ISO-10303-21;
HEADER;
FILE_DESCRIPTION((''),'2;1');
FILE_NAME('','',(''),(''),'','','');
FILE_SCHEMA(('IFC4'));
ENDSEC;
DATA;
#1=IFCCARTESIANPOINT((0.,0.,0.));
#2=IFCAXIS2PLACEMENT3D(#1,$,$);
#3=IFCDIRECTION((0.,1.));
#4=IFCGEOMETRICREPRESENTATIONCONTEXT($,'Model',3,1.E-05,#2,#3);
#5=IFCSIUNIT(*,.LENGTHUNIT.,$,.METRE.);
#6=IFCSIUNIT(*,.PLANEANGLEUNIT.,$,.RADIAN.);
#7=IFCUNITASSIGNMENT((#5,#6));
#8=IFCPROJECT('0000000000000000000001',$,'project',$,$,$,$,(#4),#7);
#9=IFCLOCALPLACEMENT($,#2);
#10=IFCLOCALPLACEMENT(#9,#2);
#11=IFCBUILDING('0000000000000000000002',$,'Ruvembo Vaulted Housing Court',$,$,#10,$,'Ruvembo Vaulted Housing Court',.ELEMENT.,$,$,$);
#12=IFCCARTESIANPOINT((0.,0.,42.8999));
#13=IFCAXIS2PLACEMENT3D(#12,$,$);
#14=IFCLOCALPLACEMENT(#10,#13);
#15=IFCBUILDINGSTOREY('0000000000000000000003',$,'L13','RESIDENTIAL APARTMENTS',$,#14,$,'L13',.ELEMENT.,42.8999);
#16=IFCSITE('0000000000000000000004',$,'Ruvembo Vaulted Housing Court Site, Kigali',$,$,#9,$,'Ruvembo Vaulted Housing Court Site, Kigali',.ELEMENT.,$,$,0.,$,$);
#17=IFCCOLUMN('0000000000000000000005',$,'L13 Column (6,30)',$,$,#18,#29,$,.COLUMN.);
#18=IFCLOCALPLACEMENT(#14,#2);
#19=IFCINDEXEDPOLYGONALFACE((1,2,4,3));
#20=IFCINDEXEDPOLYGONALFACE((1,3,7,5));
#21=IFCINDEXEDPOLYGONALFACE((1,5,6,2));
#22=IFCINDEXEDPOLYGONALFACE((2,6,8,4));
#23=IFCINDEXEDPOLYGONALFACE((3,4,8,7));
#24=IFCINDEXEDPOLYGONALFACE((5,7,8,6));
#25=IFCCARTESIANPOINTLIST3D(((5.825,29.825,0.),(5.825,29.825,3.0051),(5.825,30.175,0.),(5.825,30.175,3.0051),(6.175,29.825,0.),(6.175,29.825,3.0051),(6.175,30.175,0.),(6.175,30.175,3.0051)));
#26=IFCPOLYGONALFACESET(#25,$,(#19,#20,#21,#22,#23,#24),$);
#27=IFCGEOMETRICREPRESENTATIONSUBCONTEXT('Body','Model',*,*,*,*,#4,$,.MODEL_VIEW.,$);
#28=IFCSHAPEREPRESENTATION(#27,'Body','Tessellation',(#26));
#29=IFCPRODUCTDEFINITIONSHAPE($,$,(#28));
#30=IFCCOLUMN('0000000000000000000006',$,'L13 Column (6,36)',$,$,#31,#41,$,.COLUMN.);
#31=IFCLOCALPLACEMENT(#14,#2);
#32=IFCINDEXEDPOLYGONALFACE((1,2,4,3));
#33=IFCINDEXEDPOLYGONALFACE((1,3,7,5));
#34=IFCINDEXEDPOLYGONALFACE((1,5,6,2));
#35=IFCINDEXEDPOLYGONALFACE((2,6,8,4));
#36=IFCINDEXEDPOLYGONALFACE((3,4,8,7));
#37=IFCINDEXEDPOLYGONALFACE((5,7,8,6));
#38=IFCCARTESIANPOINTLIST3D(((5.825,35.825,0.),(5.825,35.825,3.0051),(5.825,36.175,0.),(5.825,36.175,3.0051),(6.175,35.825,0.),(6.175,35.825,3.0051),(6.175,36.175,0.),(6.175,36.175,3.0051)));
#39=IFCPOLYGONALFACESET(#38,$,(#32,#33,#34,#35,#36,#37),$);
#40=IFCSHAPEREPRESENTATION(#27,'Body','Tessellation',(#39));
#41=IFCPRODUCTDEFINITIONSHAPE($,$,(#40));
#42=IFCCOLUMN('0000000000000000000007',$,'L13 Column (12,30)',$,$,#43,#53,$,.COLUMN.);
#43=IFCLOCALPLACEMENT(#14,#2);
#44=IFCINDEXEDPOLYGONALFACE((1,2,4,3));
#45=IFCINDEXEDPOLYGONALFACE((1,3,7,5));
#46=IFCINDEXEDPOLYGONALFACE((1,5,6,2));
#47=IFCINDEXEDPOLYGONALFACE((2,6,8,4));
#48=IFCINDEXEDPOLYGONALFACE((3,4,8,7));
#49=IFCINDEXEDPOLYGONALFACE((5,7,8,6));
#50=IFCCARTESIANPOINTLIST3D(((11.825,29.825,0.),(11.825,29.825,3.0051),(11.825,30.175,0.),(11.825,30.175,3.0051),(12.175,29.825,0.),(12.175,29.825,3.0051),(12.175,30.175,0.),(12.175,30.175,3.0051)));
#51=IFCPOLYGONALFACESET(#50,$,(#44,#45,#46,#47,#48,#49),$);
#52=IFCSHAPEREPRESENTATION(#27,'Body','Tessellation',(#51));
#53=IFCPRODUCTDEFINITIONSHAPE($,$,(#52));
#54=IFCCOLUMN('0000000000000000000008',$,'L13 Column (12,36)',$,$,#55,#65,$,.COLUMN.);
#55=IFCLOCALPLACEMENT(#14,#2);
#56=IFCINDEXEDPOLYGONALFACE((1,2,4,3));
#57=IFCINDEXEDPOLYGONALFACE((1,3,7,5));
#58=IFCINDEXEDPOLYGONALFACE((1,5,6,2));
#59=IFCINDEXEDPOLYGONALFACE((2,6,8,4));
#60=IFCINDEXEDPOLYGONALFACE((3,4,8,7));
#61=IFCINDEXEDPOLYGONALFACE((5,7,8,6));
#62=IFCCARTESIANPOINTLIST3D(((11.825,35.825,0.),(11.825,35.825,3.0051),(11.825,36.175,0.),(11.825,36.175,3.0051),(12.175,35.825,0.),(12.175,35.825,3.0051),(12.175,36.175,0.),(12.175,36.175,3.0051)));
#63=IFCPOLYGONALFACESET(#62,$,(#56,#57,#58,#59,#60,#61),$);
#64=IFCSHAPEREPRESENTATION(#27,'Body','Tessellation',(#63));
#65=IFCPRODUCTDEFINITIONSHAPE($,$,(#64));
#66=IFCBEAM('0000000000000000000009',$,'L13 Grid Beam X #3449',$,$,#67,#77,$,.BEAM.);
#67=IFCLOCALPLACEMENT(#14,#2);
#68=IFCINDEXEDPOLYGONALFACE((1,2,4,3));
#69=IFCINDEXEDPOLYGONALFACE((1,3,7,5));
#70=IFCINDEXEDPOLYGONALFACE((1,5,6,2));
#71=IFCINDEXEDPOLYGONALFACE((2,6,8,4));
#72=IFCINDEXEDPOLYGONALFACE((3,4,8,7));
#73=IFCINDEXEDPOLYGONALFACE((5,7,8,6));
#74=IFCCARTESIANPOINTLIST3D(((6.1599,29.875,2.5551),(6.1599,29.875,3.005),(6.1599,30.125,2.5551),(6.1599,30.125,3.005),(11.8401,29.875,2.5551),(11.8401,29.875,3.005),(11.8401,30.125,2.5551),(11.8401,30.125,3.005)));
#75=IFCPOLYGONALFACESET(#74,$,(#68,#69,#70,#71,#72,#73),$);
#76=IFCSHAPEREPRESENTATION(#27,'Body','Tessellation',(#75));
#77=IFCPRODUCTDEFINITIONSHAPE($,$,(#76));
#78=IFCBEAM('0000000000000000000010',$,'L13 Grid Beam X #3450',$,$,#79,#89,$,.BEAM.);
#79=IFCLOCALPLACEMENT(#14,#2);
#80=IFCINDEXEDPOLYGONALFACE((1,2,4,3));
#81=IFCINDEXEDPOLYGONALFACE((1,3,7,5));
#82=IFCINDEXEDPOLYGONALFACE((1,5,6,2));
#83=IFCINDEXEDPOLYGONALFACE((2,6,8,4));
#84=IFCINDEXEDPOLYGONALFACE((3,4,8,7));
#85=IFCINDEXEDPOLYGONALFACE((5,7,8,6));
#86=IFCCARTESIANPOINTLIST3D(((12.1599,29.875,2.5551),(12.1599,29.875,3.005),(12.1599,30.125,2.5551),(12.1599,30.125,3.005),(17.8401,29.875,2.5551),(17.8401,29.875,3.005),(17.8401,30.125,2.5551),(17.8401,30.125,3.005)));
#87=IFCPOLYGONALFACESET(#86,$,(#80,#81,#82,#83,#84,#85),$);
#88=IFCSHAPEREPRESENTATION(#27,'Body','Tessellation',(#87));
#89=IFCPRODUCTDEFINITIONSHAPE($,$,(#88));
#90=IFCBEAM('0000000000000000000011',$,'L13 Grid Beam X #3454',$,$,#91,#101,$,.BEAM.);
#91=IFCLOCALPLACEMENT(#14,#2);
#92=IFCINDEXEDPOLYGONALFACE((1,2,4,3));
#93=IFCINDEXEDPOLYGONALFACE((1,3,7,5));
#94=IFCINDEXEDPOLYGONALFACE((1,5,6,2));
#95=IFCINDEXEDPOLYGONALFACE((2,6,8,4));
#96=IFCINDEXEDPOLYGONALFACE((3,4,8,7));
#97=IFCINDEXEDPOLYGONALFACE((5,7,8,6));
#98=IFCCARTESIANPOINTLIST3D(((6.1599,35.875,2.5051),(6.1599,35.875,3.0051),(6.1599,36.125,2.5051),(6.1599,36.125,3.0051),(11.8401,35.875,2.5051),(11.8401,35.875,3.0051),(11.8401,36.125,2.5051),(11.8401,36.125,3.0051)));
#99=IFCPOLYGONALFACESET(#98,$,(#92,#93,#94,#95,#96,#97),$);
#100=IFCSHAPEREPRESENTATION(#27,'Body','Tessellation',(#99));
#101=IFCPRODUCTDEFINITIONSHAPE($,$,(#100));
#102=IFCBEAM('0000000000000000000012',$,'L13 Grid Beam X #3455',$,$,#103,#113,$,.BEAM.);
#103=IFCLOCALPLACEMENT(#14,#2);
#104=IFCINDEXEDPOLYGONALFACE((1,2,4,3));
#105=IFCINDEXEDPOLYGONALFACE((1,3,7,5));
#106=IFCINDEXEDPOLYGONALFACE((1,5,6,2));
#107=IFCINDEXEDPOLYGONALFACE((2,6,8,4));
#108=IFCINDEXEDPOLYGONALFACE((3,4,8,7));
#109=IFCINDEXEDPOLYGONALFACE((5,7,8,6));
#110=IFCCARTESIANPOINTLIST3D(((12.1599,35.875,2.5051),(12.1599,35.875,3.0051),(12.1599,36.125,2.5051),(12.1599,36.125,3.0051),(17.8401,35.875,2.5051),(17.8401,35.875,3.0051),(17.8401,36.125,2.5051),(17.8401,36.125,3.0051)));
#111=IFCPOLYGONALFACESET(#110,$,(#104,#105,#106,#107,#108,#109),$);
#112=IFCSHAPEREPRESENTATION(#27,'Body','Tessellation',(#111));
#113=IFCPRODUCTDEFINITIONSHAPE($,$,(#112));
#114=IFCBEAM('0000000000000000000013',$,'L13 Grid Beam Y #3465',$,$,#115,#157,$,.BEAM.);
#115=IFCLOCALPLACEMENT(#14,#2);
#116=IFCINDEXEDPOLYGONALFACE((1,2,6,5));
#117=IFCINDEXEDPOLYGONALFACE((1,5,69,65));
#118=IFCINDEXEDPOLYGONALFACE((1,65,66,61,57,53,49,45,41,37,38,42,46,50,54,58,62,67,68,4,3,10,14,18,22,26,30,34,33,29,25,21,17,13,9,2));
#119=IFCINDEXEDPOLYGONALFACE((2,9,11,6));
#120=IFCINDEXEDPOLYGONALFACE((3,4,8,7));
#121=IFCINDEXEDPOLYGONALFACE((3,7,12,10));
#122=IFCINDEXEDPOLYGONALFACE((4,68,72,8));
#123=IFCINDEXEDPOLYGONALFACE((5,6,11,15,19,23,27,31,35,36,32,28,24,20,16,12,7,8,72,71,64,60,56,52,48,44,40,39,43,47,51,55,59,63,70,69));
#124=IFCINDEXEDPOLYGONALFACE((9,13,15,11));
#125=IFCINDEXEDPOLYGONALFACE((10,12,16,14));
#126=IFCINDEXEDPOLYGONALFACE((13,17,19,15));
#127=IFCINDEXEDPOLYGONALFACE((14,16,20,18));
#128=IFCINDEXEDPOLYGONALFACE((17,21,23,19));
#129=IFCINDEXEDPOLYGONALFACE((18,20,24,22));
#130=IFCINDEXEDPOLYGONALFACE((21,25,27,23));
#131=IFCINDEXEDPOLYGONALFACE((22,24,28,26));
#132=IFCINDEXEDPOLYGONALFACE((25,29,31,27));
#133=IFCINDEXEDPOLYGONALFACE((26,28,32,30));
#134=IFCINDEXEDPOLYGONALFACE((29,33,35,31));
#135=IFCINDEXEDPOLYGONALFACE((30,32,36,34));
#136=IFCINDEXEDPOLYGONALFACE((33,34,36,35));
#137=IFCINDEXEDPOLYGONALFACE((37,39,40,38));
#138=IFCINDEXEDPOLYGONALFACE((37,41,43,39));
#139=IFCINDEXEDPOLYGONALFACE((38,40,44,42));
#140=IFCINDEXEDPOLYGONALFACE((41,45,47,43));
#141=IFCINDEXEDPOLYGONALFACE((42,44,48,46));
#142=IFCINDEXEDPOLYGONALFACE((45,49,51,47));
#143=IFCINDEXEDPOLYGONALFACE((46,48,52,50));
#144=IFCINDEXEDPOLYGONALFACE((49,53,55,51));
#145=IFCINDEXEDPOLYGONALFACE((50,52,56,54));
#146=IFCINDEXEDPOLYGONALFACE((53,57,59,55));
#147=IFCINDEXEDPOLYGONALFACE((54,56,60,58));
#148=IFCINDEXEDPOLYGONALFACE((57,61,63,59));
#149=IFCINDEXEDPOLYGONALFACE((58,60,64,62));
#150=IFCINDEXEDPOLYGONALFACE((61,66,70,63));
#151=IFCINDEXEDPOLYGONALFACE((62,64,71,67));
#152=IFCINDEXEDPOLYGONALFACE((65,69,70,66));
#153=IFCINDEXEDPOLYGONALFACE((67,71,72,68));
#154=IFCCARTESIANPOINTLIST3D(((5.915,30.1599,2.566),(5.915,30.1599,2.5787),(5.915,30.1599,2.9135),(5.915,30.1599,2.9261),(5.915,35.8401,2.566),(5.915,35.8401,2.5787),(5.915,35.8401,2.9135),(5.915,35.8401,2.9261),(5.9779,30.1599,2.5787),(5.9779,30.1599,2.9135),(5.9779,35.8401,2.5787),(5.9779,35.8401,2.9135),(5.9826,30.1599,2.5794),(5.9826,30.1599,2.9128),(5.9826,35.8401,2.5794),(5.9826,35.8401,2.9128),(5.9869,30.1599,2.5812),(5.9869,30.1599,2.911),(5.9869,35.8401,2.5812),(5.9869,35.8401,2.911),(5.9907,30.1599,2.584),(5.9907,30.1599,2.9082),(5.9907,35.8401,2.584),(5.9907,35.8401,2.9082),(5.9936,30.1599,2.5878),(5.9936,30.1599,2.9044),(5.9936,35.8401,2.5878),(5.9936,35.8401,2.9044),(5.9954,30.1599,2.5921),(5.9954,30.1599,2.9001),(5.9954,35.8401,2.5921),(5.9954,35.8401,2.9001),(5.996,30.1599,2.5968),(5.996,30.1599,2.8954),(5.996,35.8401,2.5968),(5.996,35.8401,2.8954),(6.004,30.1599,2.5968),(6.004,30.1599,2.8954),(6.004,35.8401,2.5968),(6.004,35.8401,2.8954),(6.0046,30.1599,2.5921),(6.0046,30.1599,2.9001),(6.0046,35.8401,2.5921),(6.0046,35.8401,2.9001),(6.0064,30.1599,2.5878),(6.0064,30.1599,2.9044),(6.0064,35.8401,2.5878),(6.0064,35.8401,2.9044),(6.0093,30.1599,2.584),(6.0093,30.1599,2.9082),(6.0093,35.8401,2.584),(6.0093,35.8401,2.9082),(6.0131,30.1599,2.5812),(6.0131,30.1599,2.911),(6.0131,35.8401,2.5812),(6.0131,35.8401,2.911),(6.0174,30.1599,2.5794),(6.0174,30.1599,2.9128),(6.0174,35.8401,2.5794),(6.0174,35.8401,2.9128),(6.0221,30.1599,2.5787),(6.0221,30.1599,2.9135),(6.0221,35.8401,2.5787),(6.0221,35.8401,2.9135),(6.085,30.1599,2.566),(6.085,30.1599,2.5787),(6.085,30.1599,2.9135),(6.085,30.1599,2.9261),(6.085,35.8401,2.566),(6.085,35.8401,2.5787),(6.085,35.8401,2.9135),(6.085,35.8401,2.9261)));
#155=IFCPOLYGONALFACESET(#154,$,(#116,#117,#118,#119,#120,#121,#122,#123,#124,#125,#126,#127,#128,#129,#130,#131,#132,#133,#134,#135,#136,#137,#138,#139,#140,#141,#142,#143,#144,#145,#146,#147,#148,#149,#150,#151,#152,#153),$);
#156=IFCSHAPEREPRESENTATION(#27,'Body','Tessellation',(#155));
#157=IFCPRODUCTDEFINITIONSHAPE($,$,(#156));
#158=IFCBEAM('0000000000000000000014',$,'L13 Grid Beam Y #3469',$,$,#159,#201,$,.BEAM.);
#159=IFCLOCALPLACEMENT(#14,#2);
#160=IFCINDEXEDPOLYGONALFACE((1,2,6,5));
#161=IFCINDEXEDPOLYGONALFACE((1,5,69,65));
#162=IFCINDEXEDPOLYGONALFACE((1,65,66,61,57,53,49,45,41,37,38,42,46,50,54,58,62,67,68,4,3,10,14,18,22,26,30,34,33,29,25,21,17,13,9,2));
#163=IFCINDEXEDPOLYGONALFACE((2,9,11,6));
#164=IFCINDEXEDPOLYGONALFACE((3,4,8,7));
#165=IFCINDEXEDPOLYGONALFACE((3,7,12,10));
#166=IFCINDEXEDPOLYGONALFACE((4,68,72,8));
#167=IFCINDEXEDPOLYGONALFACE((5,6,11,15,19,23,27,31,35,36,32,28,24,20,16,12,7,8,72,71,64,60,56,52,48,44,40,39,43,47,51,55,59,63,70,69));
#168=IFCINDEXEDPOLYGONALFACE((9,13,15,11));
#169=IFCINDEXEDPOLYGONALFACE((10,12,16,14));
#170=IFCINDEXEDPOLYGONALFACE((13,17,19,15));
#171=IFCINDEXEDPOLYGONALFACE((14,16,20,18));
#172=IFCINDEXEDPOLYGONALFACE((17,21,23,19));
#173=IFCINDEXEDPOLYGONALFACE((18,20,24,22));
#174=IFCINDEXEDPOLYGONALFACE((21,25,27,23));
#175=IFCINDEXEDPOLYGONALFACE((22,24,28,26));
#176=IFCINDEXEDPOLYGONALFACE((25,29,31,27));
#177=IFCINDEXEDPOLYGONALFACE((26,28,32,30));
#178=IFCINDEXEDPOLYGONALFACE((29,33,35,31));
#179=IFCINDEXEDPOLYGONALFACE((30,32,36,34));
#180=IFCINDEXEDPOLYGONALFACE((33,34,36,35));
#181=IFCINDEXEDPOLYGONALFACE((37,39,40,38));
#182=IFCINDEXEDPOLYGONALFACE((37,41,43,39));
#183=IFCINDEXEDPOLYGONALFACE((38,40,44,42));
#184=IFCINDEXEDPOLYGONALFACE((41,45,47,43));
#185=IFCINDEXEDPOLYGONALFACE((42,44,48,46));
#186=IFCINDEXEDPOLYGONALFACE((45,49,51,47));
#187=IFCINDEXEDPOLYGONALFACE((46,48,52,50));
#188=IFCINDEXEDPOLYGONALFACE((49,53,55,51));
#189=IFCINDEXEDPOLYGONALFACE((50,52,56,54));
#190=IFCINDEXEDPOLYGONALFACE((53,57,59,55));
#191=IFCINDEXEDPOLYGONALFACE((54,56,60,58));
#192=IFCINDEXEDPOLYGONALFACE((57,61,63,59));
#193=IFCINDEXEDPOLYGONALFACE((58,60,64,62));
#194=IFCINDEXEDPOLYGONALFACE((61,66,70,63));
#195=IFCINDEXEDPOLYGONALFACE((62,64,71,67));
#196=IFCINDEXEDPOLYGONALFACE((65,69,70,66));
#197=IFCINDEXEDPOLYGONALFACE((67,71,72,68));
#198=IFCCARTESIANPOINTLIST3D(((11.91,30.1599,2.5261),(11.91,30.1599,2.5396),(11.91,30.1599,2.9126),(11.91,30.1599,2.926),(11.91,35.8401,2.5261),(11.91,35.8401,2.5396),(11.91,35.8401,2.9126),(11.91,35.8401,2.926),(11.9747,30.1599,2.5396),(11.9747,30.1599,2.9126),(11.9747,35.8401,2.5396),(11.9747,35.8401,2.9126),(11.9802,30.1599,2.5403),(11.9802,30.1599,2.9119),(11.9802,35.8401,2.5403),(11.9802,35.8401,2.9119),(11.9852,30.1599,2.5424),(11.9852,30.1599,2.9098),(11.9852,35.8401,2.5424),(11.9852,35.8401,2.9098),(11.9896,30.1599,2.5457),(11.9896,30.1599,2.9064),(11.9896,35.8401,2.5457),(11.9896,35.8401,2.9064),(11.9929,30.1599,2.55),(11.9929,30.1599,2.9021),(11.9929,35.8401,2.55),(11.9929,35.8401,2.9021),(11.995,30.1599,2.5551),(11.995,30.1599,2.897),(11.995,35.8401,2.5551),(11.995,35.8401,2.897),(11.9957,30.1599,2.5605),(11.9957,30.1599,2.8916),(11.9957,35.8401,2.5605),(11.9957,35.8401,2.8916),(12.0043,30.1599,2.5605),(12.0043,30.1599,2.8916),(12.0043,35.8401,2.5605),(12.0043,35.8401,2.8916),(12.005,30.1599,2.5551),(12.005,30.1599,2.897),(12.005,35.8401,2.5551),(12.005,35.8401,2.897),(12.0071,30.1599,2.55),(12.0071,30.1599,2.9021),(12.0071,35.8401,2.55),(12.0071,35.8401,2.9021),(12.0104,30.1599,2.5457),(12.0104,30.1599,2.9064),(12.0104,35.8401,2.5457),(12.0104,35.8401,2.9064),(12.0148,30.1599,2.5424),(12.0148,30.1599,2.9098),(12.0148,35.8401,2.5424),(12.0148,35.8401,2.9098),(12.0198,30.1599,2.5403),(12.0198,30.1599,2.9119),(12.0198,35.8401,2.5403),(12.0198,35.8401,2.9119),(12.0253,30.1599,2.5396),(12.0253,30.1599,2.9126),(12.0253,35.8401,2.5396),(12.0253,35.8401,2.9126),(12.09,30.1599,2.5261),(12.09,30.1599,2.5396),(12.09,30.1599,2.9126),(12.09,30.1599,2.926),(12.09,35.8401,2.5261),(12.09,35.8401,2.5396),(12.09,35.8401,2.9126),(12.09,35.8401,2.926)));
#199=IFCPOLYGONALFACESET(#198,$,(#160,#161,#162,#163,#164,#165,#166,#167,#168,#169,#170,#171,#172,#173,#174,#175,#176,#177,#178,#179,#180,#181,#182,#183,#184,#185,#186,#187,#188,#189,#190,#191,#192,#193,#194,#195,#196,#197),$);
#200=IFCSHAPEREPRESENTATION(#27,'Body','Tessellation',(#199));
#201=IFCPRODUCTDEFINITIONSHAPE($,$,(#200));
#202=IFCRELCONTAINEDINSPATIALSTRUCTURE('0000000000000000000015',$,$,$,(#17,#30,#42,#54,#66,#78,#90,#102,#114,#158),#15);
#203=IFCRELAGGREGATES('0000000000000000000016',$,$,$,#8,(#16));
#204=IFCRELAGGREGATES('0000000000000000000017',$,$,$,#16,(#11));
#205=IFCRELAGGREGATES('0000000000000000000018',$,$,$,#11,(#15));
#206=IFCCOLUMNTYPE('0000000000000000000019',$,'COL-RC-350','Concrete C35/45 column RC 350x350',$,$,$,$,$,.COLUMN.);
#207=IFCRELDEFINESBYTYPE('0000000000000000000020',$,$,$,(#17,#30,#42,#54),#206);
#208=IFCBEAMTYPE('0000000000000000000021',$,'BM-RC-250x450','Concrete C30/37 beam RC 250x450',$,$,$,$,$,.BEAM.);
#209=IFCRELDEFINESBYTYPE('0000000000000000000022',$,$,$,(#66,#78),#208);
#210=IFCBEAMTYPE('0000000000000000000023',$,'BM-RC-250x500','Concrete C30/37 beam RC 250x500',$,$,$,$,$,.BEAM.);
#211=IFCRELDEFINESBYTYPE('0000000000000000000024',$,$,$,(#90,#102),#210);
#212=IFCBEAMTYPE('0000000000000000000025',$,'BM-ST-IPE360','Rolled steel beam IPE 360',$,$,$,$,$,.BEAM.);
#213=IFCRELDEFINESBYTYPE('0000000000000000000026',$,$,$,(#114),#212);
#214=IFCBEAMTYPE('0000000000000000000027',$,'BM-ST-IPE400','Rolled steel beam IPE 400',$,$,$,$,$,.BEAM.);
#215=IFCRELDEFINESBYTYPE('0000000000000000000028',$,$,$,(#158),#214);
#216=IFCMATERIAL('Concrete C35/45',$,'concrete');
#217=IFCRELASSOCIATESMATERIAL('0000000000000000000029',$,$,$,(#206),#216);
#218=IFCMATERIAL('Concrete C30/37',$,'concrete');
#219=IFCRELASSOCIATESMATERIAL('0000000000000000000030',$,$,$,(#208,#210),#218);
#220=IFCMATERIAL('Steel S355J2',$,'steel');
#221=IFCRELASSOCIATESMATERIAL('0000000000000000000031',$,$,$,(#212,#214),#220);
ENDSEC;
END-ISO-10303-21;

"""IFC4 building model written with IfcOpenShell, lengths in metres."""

from ifc_helpers import new_model, si_unit, direction, frame, origin, origin_2d, place, context, subcontext, project, spatial, rectangle, i_section, extrude, material, material_profile, profile_set, type_object, element, save


model = new_model("IFC4")

# Units and contexts
model_context = context("Model", 3, precision=1e-05, world=origin(), true_north=direction((0.0, 1.0)))
body_context = subcontext(model_context, "Body", "Model", "MODEL_VIEW")
ifc_project = project(units=[si_unit("LENGTHUNIT", "METRE"), si_unit("PLANEANGLEUNIT", "RADIAN")], contexts=[model_context])

# Site, building, storey
site_placement = place(None, origin())
site = spatial("IfcSite", under=ifc_project, at=site_placement, Name="Ruvembo Vaulted Housing Court Site, Kigali", LongName="Ruvembo Vaulted Housing Court Site, Kigali", CompositionType="ELEMENT", RefElevation=0.0)
building_placement = place(site_placement, origin())
building = spatial("IfcBuilding", under=site, at=building_placement, Name="Ruvembo Vaulted Housing Court", LongName="Ruvembo Vaulted Housing Court", CompositionType="ELEMENT")
storey_placement = place(building_placement, frame((0.0, 0.0, 42.8999)))
storey = spatial("IfcBuildingStorey", under=building, at=storey_placement, Name="L13", Description="RESIDENTIAL APARTMENTS", LongName="L13", CompositionType="ELEMENT", Elevation=42.8999)

# Columns
ifc_material_1 = material(Name="Concrete C35/45", Category="concrete")
ifc_material_profile_1 = material_profile(ifc_material_1, rectangle(XDim=0.3501, YDim=0.3501, at=origin_2d()), Name="RC 350x350")
ifc_profile_set_1 = profile_set([ifc_material_profile_1], Name="Concrete C35/45")
column_type = type_object("IfcColumnType", Name="COL-RC-350", Description="Concrete C35/45 column RC 350x350", PredefinedType="COLUMN", material=ifc_profile_set_1)
for number, where, z_axis, x_axis, name in (
    (1, (6.0, 30.0, 0.0), (0.0, 0.0, 1.0), (1.0, 0.0, 0.0), "L13 Column (6,30)"),
    (2, (6.0, 36.0, 0.0), (0.0, 0.0, 1.0), (1.0, 0.0, 0.0), "L13 Column (6,36)"),
    (3, (12.0, 30.0, 0.0), (0.0, 0.0, 1.0), (1.0, 0.0, 0.0), "L13 Column (12,30)"),
    (4, (12.0, 36.0, 0.0), (0.0, 0.0, 1.0), (1.0, 0.0, 0.0), "L13 Column (12,36)"),
):
    element("IfcColumn", number, at=place(storey_placement, frame(where, z_axis=z_axis, x_axis=x_axis)), inside=storey, type_object=column_type, Name=name, PredefinedType="COLUMN", context=body_context, shape_type="SweptSolid", body=[
        extrude(rectangle(XDim=0.3501, YDim=0.3501, at=origin_2d()), origin(), (0.0, 0.0, 1.0), 3.0051),
    ])

# Beams
ifc_material_2 = material(Name="Concrete C30/37", Category="concrete")
ifc_material_profile_2 = material_profile(ifc_material_2, rectangle(XDim=0.25, YDim=0.45, at=origin_2d()), Name="RC 250x450")
ifc_profile_set_2 = profile_set([ifc_material_profile_2], Name="Concrete C30/37")
beam_type_1 = type_object("IfcBeamType", Name="BM-RC-250x450", Description="Concrete C30/37 beam RC 250x450", PredefinedType="BEAM", material=ifc_profile_set_2)
for number, where, z_axis, x_axis, name in (
    (5, (6.1599, 30.0, 2.78), (1.0, 0.0, 0.0), (0.0, 1.0, 0.0), "L13 Grid Beam X #3449"),
    (6, (12.1599, 30.0, 2.78), (1.0, 0.0, 0.0), (0.0, 1.0, 0.0), "L13 Grid Beam X #3450"),
):
    element("IfcBeam", number, at=place(storey_placement, frame(where, z_axis=z_axis, x_axis=x_axis)), inside=storey, type_object=beam_type_1, Name=name, PredefinedType="BEAM", context=body_context, shape_type="SweptSolid", body=[
        extrude(rectangle(XDim=0.25, YDim=0.45, at=origin_2d()), origin(), (0.0, 0.0, 1.0), 5.6802),
    ])
ifc_material_profile_3 = material_profile(ifc_material_2, rectangle(XDim=0.25, YDim=0.5, at=origin_2d()), Name="RC 250x500")
ifc_profile_set_3 = profile_set([ifc_material_profile_3], Name="Concrete C30/37")
beam_type_2 = type_object("IfcBeamType", Name="BM-RC-250x500", Description="Concrete C30/37 beam RC 250x500", PredefinedType="BEAM", material=ifc_profile_set_3)
for number, where, z_axis, x_axis, name in (
    (7, (6.1599, 36.0, 2.7551), (1.0, 0.0, 0.0), (0.0, 1.0, 0.0), "L13 Grid Beam X #3454"),
    (8, (12.1599, 36.0, 2.7551), (1.0, 0.0, 0.0), (0.0, 1.0, 0.0), "L13 Grid Beam X #3455"),
):
    element("IfcBeam", number, at=place(storey_placement, frame(where, z_axis=z_axis, x_axis=x_axis)), inside=storey, type_object=beam_type_2, Name=name, PredefinedType="BEAM", context=body_context, shape_type="SweptSolid", body=[
        extrude(rectangle(XDim=0.25, YDim=0.5, at=origin_2d()), origin(), (0.0, 0.0, 1.0), 5.6802),
    ])
ifc_material_3 = material(Name="Steel S355J2", Category="steel")
ifc_material_profile_4 = material_profile(ifc_material_3, i_section(OverallWidth=0.1699, OverallDepth=0.3601, WebThickness=0.0081, FlangeThickness=0.0127, FilletRadius=0.0181, at=origin_2d()), Name="IPE 360")
ifc_profile_set_4 = profile_set([ifc_material_profile_4], Name="Steel S355J2")
beam_type_3 = type_object("IfcBeamType", Name="BM-ST-IPE360", Description="Rolled steel beam IPE 360", PredefinedType="BEAM", material=ifc_profile_set_4)
beam_1_placement = place(storey_placement, frame((6.0, 30.1599, 2.7461), z_axis=(0.0, 1.0, 0.0), x_axis=(-1.0, 0.0, 0.0)))
element("IfcBeam", 9, at=beam_1_placement, inside=storey, type_object=beam_type_3, Name="L13 Grid Beam Y #3465", PredefinedType="BEAM", context=body_context, shape_type="SweptSolid", body=[
    extrude(i_section(OverallWidth=0.1699, OverallDepth=0.3601, WebThickness=0.0081, FlangeThickness=0.0127, FilletRadius=0.0181, at=origin_2d()), origin(), (0.0, 0.0, 1.0), 5.6802),
])
ifc_material_profile_5 = material_profile(ifc_material_3, i_section(OverallWidth=0.1799, OverallDepth=0.3999, WebThickness=0.0085, FlangeThickness=0.0134, FilletRadius=0.021, at=origin_2d()), Name="IPE 400")
ifc_profile_set_5 = profile_set([ifc_material_profile_5], Name="Steel S355J2")
beam_type_4 = type_object("IfcBeamType", Name="BM-ST-IPE400", Description="Rolled steel beam IPE 400", PredefinedType="BEAM", material=ifc_profile_set_5)
beam_2_placement = place(storey_placement, frame((12.0, 30.1599, 2.7261), z_axis=(0.0, 1.0, 0.0), x_axis=(-1.0, 0.0, 0.0)))
element("IfcBeam", 10, at=beam_2_placement, inside=storey, type_object=beam_type_4, Name="L13 Grid Beam Y #3469", PredefinedType="BEAM", context=body_context, shape_type="SweptSolid", body=[
    extrude(i_section(OverallWidth=0.1799, OverallDepth=0.3999, WebThickness=0.0085, FlangeThickness=0.0134, FilletRadius=0.021, at=origin_2d()), origin(), (0.0, 0.0, 1.0), 5.6802),
])

save(model, "model.ifc")
